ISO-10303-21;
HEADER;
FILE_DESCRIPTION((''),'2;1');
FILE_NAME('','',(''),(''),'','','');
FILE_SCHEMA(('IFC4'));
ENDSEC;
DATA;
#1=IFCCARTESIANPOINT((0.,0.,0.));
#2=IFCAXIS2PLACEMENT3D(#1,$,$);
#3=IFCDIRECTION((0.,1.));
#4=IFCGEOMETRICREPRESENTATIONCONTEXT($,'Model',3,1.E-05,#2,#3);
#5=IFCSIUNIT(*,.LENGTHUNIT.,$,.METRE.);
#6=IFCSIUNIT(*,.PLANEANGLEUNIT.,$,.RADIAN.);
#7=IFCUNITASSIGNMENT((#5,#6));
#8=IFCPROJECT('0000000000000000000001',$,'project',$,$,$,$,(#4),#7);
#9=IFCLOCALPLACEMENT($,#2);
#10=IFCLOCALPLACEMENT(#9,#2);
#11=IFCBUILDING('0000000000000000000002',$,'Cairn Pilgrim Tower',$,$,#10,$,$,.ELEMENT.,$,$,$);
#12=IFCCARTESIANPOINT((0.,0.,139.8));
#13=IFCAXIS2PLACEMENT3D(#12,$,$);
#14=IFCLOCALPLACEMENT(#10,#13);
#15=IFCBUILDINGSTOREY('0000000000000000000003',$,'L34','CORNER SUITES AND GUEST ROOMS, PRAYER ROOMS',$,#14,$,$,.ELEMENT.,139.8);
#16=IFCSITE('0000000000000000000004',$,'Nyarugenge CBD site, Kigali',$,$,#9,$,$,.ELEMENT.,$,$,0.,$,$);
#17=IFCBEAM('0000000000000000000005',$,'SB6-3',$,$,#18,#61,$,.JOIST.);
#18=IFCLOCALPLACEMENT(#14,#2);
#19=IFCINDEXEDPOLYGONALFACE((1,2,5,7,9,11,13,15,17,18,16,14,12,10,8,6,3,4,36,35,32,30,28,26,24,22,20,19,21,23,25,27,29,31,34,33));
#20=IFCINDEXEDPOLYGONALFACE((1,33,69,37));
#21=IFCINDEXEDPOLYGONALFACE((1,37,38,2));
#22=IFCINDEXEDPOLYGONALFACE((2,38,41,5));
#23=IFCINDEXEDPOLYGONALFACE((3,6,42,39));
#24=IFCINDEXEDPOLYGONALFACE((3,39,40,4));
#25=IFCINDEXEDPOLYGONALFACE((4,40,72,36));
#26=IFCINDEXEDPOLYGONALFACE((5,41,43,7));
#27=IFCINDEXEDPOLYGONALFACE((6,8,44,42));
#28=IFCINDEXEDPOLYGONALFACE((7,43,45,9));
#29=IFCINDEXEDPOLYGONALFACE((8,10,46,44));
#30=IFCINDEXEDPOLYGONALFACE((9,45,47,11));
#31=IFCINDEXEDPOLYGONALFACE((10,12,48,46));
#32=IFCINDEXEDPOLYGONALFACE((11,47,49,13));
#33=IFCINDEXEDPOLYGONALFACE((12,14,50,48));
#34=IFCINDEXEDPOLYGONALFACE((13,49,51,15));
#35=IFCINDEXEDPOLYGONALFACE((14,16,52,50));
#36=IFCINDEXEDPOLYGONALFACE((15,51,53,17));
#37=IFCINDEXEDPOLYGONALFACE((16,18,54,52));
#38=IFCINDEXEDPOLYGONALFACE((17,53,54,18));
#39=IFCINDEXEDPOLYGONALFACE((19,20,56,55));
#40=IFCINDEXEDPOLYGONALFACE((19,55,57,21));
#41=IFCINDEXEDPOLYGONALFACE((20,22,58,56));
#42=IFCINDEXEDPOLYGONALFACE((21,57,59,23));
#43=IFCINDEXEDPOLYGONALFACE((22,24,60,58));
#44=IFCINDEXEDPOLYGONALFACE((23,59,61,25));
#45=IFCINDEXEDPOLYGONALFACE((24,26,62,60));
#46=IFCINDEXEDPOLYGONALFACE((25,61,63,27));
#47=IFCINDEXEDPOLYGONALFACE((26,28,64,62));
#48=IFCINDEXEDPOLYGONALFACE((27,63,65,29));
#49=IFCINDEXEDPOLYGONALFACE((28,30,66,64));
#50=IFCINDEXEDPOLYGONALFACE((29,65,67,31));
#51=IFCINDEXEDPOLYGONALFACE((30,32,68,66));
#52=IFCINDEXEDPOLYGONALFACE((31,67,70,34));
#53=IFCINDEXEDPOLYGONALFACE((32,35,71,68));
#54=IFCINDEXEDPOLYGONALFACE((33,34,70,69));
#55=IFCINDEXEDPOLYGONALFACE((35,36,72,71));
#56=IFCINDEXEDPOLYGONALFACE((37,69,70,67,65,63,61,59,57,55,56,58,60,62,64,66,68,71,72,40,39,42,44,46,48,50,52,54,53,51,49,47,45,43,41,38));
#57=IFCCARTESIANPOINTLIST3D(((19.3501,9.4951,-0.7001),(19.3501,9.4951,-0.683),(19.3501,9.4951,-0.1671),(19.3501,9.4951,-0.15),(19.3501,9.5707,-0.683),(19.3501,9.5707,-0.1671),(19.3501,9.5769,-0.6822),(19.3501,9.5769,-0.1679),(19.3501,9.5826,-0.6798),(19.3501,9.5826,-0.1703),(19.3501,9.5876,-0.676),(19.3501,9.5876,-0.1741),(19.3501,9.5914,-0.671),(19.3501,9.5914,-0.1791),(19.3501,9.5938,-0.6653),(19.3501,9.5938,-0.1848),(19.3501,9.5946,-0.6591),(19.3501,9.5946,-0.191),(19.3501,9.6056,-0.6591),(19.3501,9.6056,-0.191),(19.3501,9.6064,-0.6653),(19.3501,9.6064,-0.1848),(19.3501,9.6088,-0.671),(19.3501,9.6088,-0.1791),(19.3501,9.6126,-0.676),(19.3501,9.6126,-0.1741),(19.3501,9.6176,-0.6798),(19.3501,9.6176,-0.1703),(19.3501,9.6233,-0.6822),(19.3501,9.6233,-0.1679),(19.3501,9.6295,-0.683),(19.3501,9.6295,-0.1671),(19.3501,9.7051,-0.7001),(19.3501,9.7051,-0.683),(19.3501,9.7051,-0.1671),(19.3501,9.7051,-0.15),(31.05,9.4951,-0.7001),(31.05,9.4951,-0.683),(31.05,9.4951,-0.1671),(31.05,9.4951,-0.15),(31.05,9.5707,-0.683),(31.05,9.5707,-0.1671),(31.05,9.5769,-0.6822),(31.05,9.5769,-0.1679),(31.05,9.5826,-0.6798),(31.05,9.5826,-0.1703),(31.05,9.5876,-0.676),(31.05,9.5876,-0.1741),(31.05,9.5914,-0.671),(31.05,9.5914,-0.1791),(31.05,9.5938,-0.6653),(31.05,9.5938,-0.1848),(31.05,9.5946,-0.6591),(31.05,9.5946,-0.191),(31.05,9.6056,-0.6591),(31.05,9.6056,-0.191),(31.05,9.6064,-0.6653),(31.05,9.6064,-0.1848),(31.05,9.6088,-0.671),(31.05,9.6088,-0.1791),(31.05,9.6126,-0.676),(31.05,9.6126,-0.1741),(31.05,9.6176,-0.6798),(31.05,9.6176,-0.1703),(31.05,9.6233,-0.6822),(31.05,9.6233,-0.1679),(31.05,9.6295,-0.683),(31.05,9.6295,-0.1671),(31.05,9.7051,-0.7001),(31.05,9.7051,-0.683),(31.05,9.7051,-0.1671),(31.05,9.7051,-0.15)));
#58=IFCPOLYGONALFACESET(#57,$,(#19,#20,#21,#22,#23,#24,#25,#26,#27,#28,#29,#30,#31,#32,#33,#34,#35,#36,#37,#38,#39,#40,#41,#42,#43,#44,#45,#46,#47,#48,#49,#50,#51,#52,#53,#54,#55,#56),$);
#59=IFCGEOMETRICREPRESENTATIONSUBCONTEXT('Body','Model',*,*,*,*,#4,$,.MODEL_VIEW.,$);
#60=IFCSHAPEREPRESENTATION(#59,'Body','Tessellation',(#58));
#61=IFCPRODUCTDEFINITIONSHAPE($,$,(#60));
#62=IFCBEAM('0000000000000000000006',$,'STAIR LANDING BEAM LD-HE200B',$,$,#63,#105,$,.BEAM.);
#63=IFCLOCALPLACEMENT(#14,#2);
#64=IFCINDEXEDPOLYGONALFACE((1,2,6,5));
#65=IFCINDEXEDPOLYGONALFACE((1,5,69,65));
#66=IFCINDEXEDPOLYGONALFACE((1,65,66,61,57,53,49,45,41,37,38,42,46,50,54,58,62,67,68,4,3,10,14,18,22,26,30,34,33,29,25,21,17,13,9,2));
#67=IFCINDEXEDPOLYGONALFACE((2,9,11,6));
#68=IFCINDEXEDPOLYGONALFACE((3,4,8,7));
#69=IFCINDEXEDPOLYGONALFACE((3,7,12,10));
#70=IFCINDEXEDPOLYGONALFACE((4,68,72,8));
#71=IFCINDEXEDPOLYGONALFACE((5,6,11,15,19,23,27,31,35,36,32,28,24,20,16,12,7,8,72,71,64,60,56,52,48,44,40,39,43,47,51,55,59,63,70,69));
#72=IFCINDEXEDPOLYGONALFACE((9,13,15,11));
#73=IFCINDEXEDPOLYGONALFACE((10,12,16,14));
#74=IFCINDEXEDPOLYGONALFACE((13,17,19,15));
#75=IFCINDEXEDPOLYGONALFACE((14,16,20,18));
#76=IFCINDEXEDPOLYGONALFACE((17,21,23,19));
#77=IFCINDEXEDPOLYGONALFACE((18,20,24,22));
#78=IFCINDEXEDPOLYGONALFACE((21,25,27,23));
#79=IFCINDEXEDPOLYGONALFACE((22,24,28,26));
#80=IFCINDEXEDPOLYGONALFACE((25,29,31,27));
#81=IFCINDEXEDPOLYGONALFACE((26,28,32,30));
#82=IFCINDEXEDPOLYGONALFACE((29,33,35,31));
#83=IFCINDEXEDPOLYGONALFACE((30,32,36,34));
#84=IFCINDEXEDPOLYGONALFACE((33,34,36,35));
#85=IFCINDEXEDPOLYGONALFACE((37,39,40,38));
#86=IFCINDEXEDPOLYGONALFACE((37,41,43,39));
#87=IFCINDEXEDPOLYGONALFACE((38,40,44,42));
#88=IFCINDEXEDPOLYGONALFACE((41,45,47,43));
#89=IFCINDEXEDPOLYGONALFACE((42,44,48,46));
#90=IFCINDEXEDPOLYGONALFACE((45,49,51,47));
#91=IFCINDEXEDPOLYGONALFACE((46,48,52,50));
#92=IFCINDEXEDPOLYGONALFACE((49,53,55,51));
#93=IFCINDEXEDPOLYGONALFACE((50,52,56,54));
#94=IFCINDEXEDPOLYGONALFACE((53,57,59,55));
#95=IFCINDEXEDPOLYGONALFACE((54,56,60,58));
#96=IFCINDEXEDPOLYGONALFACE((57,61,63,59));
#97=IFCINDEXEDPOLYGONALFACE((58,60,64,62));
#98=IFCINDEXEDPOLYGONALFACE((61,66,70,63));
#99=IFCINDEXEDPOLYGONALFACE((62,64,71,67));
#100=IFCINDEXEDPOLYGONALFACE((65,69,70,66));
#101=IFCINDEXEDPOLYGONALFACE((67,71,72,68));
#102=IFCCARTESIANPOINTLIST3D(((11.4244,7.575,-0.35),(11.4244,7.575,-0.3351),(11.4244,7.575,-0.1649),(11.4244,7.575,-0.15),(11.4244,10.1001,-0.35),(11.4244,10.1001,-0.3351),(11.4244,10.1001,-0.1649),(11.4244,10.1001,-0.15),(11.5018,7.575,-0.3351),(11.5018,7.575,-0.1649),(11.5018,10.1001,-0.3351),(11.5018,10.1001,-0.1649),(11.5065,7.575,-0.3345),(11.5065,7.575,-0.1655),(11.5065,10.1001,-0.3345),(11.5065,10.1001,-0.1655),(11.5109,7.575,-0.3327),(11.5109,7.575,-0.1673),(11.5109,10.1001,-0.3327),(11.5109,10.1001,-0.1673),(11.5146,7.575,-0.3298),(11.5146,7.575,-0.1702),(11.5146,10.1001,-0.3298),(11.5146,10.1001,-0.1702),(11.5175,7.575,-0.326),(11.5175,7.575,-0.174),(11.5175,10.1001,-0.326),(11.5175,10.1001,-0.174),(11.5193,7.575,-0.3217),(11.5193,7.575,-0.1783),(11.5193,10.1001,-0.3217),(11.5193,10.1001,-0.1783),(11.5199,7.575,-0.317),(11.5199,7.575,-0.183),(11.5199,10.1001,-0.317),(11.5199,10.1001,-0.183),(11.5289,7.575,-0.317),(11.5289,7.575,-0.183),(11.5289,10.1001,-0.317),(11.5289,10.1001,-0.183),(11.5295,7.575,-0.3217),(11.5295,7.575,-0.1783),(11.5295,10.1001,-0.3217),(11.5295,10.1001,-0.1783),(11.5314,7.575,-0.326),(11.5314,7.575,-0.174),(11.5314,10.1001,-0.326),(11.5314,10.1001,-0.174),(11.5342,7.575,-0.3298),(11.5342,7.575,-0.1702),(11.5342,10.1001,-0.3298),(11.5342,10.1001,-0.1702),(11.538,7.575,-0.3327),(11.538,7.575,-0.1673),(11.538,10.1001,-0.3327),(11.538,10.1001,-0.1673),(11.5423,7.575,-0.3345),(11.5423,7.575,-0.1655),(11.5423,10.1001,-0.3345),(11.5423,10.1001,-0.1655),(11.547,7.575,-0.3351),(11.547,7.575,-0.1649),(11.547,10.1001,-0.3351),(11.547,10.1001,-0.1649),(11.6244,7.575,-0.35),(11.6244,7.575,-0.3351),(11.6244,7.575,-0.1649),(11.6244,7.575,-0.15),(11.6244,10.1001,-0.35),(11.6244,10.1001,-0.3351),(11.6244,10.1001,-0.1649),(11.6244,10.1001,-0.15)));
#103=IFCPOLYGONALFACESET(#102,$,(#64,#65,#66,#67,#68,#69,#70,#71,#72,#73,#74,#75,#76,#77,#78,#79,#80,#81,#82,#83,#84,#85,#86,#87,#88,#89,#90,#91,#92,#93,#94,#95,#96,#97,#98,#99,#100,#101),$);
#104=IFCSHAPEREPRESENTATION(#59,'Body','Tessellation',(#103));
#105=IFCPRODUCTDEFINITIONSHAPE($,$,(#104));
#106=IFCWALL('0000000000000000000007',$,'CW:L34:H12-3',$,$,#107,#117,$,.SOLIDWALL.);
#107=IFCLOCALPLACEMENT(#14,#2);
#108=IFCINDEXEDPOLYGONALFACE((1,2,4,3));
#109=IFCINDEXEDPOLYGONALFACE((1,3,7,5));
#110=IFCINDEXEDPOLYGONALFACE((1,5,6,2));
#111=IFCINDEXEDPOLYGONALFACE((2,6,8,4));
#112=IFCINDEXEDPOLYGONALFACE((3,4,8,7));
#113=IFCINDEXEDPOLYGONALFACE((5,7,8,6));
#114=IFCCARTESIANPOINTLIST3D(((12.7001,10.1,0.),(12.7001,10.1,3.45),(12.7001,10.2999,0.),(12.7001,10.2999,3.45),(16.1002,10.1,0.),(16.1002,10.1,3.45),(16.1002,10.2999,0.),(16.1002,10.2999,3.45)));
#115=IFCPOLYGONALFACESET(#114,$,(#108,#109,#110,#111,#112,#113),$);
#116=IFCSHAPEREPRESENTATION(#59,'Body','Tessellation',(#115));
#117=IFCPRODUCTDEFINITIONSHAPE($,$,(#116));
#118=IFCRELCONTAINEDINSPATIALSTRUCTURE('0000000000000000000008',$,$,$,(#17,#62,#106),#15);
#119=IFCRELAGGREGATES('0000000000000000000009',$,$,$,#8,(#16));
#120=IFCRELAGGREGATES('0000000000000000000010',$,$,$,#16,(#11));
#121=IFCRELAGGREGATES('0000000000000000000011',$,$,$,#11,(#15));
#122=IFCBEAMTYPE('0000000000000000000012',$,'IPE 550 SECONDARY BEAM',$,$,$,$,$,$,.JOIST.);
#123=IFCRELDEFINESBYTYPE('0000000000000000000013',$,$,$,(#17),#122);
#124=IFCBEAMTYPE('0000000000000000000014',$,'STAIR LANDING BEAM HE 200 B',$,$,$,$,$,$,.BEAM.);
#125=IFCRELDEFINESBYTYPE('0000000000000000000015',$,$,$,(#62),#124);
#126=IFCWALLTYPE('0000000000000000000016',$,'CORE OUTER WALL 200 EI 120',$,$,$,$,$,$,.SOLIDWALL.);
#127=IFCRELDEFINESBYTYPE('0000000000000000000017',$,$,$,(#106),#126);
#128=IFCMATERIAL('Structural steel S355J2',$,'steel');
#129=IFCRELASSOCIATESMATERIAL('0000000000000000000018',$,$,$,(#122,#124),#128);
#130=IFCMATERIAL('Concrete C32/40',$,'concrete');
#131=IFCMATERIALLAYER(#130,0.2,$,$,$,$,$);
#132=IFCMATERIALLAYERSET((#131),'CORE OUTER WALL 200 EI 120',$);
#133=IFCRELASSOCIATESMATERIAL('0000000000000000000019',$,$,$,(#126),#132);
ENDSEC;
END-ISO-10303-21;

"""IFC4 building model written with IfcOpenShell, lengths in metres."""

from ifc_helpers import new_model, si_unit, direction, frame, frame_2d, origin, origin_2d, place, context, subcontext, project, spatial, rectangle, i_section, extrude, material, layer, layer_set, material_profile, profile_set, type_object, element, save


model = new_model("IFC4")

# Units and contexts
model_context = context("Model", 3, precision=1e-05, world=origin(), true_north=direction((0.0, 1.0)))
body_context = subcontext(model_context, "Body", "Model", "MODEL_VIEW")
ifc_project = project(units=[si_unit("LENGTHUNIT", "METRE"), si_unit("PLANEANGLEUNIT", "RADIAN")], contexts=[model_context])

# Site, building, storey
site_placement = place(None, origin())
site = spatial("IfcSite", under=ifc_project, at=site_placement, Name="Nyarugenge CBD site, Kigali", CompositionType="ELEMENT", RefElevation=0.0)
building_placement = place(site_placement, origin())
building = spatial("IfcBuilding", under=site, at=building_placement, Name="Cairn Pilgrim Tower", CompositionType="ELEMENT")
storey_placement = place(building_placement, frame((0.0, 0.0, 139.8)))
storey = spatial("IfcBuildingStorey", under=building, at=storey_placement, Name="L34", Description="CORNER SUITES AND GUEST ROOMS, PRAYER ROOMS", CompositionType="ELEMENT", Elevation=139.8)

# Beams
ifc_material_1 = material(Name="Structural steel S355J2", Category="steel")
ifc_material_profile_1 = material_profile(ifc_material_1, i_section(OverallWidth=0.21, OverallDepth=0.55, WebThickness=0.011, FlangeThickness=0.0171, FilletRadius=0.0239, at=origin_2d()), Name="IPE 550")
ifc_profile_set_1 = profile_set([ifc_material_profile_1], Name="Structural steel S355J2")
beam_type_1 = type_object("IfcBeamType", Name="IPE 550 SECONDARY BEAM", PredefinedType="JOIST", material=ifc_profile_set_1)
beam_1_placement = place(storey_placement, frame((19.3501, 9.6001, -0.425), z_axis=(1.0, 0.0, 0.0), x_axis=(0.0, 1.0, 0.0)))
element("IfcBeam", 1, at=beam_1_placement, inside=storey, type_object=beam_type_1, Name="SB6-3", PredefinedType="JOIST", context=body_context, shape_type="SweptSolid", body=[
    extrude(i_section(OverallWidth=0.21, OverallDepth=0.55, WebThickness=0.011, FlangeThickness=0.0171, FilletRadius=0.0239, at=origin_2d()), origin(), (0.0, 0.0, 1.0), 11.7),
])
ifc_material_profile_2 = material_profile(ifc_material_1, i_section(OverallWidth=0.2, OverallDepth=0.2, WebThickness=0.009, FlangeThickness=0.0149, FilletRadius=0.0181, at=origin_2d()), Name="HE 200 B")
ifc_profile_set_2 = profile_set([ifc_material_profile_2], Name="Structural steel S355J2")
beam_type_2 = type_object("IfcBeamType", Name="STAIR LANDING BEAM HE 200 B", PredefinedType="BEAM", material=ifc_profile_set_2)
beam_2_placement = place(storey_placement, frame((11.5244, 10.1001, -0.25), z_axis=(0.0, -1.0, 0.0), x_axis=(1.0, 0.0, 0.0)))
element("IfcBeam", 2, at=beam_2_placement, inside=storey, type_object=beam_type_2, Name="STAIR LANDING BEAM LD-HE200B", PredefinedType="BEAM", context=body_context, shape_type="SweptSolid", body=[
    extrude(i_section(OverallWidth=0.2, OverallDepth=0.2, WebThickness=0.009, FlangeThickness=0.0149, FilletRadius=0.0181, at=origin_2d()), origin(), (0.0, 0.0, 1.0), 2.5251),
])

# Wall
ifc_material_2 = material(Name="Concrete C32/40", Category="concrete")
ifc_layer_1 = layer(ifc_material_2, 0.2)
ifc_layer_set_1 = layer_set([ifc_layer_1], Name="CORE OUTER WALL 200 EI 120")
wall_type_1 = type_object("IfcWallType", Name="CORE OUTER WALL 200 EI 120", PredefinedType="SOLIDWALL", material=ifc_layer_set_1)
wall_1_placement = place(storey_placement, frame((12.7, 10.2, 0.0), z_axis=(0.0, 0.0, 1.0), x_axis=(1.0, 0.0, 0.0)))
element("IfcWall", 3, at=wall_1_placement, inside=storey, type_object=wall_type_1, Name="CW:L34:H12-3", PredefinedType="SOLIDWALL", context=body_context, shape_type="SweptSolid", body=[
    extrude(rectangle(XDim=3.4001, YDim=0.2, at=frame_2d((1.7002, 0.0))), origin(), (0.0, 0.0, 1.0), 3.45),
])

save(model, "model.ifc")
